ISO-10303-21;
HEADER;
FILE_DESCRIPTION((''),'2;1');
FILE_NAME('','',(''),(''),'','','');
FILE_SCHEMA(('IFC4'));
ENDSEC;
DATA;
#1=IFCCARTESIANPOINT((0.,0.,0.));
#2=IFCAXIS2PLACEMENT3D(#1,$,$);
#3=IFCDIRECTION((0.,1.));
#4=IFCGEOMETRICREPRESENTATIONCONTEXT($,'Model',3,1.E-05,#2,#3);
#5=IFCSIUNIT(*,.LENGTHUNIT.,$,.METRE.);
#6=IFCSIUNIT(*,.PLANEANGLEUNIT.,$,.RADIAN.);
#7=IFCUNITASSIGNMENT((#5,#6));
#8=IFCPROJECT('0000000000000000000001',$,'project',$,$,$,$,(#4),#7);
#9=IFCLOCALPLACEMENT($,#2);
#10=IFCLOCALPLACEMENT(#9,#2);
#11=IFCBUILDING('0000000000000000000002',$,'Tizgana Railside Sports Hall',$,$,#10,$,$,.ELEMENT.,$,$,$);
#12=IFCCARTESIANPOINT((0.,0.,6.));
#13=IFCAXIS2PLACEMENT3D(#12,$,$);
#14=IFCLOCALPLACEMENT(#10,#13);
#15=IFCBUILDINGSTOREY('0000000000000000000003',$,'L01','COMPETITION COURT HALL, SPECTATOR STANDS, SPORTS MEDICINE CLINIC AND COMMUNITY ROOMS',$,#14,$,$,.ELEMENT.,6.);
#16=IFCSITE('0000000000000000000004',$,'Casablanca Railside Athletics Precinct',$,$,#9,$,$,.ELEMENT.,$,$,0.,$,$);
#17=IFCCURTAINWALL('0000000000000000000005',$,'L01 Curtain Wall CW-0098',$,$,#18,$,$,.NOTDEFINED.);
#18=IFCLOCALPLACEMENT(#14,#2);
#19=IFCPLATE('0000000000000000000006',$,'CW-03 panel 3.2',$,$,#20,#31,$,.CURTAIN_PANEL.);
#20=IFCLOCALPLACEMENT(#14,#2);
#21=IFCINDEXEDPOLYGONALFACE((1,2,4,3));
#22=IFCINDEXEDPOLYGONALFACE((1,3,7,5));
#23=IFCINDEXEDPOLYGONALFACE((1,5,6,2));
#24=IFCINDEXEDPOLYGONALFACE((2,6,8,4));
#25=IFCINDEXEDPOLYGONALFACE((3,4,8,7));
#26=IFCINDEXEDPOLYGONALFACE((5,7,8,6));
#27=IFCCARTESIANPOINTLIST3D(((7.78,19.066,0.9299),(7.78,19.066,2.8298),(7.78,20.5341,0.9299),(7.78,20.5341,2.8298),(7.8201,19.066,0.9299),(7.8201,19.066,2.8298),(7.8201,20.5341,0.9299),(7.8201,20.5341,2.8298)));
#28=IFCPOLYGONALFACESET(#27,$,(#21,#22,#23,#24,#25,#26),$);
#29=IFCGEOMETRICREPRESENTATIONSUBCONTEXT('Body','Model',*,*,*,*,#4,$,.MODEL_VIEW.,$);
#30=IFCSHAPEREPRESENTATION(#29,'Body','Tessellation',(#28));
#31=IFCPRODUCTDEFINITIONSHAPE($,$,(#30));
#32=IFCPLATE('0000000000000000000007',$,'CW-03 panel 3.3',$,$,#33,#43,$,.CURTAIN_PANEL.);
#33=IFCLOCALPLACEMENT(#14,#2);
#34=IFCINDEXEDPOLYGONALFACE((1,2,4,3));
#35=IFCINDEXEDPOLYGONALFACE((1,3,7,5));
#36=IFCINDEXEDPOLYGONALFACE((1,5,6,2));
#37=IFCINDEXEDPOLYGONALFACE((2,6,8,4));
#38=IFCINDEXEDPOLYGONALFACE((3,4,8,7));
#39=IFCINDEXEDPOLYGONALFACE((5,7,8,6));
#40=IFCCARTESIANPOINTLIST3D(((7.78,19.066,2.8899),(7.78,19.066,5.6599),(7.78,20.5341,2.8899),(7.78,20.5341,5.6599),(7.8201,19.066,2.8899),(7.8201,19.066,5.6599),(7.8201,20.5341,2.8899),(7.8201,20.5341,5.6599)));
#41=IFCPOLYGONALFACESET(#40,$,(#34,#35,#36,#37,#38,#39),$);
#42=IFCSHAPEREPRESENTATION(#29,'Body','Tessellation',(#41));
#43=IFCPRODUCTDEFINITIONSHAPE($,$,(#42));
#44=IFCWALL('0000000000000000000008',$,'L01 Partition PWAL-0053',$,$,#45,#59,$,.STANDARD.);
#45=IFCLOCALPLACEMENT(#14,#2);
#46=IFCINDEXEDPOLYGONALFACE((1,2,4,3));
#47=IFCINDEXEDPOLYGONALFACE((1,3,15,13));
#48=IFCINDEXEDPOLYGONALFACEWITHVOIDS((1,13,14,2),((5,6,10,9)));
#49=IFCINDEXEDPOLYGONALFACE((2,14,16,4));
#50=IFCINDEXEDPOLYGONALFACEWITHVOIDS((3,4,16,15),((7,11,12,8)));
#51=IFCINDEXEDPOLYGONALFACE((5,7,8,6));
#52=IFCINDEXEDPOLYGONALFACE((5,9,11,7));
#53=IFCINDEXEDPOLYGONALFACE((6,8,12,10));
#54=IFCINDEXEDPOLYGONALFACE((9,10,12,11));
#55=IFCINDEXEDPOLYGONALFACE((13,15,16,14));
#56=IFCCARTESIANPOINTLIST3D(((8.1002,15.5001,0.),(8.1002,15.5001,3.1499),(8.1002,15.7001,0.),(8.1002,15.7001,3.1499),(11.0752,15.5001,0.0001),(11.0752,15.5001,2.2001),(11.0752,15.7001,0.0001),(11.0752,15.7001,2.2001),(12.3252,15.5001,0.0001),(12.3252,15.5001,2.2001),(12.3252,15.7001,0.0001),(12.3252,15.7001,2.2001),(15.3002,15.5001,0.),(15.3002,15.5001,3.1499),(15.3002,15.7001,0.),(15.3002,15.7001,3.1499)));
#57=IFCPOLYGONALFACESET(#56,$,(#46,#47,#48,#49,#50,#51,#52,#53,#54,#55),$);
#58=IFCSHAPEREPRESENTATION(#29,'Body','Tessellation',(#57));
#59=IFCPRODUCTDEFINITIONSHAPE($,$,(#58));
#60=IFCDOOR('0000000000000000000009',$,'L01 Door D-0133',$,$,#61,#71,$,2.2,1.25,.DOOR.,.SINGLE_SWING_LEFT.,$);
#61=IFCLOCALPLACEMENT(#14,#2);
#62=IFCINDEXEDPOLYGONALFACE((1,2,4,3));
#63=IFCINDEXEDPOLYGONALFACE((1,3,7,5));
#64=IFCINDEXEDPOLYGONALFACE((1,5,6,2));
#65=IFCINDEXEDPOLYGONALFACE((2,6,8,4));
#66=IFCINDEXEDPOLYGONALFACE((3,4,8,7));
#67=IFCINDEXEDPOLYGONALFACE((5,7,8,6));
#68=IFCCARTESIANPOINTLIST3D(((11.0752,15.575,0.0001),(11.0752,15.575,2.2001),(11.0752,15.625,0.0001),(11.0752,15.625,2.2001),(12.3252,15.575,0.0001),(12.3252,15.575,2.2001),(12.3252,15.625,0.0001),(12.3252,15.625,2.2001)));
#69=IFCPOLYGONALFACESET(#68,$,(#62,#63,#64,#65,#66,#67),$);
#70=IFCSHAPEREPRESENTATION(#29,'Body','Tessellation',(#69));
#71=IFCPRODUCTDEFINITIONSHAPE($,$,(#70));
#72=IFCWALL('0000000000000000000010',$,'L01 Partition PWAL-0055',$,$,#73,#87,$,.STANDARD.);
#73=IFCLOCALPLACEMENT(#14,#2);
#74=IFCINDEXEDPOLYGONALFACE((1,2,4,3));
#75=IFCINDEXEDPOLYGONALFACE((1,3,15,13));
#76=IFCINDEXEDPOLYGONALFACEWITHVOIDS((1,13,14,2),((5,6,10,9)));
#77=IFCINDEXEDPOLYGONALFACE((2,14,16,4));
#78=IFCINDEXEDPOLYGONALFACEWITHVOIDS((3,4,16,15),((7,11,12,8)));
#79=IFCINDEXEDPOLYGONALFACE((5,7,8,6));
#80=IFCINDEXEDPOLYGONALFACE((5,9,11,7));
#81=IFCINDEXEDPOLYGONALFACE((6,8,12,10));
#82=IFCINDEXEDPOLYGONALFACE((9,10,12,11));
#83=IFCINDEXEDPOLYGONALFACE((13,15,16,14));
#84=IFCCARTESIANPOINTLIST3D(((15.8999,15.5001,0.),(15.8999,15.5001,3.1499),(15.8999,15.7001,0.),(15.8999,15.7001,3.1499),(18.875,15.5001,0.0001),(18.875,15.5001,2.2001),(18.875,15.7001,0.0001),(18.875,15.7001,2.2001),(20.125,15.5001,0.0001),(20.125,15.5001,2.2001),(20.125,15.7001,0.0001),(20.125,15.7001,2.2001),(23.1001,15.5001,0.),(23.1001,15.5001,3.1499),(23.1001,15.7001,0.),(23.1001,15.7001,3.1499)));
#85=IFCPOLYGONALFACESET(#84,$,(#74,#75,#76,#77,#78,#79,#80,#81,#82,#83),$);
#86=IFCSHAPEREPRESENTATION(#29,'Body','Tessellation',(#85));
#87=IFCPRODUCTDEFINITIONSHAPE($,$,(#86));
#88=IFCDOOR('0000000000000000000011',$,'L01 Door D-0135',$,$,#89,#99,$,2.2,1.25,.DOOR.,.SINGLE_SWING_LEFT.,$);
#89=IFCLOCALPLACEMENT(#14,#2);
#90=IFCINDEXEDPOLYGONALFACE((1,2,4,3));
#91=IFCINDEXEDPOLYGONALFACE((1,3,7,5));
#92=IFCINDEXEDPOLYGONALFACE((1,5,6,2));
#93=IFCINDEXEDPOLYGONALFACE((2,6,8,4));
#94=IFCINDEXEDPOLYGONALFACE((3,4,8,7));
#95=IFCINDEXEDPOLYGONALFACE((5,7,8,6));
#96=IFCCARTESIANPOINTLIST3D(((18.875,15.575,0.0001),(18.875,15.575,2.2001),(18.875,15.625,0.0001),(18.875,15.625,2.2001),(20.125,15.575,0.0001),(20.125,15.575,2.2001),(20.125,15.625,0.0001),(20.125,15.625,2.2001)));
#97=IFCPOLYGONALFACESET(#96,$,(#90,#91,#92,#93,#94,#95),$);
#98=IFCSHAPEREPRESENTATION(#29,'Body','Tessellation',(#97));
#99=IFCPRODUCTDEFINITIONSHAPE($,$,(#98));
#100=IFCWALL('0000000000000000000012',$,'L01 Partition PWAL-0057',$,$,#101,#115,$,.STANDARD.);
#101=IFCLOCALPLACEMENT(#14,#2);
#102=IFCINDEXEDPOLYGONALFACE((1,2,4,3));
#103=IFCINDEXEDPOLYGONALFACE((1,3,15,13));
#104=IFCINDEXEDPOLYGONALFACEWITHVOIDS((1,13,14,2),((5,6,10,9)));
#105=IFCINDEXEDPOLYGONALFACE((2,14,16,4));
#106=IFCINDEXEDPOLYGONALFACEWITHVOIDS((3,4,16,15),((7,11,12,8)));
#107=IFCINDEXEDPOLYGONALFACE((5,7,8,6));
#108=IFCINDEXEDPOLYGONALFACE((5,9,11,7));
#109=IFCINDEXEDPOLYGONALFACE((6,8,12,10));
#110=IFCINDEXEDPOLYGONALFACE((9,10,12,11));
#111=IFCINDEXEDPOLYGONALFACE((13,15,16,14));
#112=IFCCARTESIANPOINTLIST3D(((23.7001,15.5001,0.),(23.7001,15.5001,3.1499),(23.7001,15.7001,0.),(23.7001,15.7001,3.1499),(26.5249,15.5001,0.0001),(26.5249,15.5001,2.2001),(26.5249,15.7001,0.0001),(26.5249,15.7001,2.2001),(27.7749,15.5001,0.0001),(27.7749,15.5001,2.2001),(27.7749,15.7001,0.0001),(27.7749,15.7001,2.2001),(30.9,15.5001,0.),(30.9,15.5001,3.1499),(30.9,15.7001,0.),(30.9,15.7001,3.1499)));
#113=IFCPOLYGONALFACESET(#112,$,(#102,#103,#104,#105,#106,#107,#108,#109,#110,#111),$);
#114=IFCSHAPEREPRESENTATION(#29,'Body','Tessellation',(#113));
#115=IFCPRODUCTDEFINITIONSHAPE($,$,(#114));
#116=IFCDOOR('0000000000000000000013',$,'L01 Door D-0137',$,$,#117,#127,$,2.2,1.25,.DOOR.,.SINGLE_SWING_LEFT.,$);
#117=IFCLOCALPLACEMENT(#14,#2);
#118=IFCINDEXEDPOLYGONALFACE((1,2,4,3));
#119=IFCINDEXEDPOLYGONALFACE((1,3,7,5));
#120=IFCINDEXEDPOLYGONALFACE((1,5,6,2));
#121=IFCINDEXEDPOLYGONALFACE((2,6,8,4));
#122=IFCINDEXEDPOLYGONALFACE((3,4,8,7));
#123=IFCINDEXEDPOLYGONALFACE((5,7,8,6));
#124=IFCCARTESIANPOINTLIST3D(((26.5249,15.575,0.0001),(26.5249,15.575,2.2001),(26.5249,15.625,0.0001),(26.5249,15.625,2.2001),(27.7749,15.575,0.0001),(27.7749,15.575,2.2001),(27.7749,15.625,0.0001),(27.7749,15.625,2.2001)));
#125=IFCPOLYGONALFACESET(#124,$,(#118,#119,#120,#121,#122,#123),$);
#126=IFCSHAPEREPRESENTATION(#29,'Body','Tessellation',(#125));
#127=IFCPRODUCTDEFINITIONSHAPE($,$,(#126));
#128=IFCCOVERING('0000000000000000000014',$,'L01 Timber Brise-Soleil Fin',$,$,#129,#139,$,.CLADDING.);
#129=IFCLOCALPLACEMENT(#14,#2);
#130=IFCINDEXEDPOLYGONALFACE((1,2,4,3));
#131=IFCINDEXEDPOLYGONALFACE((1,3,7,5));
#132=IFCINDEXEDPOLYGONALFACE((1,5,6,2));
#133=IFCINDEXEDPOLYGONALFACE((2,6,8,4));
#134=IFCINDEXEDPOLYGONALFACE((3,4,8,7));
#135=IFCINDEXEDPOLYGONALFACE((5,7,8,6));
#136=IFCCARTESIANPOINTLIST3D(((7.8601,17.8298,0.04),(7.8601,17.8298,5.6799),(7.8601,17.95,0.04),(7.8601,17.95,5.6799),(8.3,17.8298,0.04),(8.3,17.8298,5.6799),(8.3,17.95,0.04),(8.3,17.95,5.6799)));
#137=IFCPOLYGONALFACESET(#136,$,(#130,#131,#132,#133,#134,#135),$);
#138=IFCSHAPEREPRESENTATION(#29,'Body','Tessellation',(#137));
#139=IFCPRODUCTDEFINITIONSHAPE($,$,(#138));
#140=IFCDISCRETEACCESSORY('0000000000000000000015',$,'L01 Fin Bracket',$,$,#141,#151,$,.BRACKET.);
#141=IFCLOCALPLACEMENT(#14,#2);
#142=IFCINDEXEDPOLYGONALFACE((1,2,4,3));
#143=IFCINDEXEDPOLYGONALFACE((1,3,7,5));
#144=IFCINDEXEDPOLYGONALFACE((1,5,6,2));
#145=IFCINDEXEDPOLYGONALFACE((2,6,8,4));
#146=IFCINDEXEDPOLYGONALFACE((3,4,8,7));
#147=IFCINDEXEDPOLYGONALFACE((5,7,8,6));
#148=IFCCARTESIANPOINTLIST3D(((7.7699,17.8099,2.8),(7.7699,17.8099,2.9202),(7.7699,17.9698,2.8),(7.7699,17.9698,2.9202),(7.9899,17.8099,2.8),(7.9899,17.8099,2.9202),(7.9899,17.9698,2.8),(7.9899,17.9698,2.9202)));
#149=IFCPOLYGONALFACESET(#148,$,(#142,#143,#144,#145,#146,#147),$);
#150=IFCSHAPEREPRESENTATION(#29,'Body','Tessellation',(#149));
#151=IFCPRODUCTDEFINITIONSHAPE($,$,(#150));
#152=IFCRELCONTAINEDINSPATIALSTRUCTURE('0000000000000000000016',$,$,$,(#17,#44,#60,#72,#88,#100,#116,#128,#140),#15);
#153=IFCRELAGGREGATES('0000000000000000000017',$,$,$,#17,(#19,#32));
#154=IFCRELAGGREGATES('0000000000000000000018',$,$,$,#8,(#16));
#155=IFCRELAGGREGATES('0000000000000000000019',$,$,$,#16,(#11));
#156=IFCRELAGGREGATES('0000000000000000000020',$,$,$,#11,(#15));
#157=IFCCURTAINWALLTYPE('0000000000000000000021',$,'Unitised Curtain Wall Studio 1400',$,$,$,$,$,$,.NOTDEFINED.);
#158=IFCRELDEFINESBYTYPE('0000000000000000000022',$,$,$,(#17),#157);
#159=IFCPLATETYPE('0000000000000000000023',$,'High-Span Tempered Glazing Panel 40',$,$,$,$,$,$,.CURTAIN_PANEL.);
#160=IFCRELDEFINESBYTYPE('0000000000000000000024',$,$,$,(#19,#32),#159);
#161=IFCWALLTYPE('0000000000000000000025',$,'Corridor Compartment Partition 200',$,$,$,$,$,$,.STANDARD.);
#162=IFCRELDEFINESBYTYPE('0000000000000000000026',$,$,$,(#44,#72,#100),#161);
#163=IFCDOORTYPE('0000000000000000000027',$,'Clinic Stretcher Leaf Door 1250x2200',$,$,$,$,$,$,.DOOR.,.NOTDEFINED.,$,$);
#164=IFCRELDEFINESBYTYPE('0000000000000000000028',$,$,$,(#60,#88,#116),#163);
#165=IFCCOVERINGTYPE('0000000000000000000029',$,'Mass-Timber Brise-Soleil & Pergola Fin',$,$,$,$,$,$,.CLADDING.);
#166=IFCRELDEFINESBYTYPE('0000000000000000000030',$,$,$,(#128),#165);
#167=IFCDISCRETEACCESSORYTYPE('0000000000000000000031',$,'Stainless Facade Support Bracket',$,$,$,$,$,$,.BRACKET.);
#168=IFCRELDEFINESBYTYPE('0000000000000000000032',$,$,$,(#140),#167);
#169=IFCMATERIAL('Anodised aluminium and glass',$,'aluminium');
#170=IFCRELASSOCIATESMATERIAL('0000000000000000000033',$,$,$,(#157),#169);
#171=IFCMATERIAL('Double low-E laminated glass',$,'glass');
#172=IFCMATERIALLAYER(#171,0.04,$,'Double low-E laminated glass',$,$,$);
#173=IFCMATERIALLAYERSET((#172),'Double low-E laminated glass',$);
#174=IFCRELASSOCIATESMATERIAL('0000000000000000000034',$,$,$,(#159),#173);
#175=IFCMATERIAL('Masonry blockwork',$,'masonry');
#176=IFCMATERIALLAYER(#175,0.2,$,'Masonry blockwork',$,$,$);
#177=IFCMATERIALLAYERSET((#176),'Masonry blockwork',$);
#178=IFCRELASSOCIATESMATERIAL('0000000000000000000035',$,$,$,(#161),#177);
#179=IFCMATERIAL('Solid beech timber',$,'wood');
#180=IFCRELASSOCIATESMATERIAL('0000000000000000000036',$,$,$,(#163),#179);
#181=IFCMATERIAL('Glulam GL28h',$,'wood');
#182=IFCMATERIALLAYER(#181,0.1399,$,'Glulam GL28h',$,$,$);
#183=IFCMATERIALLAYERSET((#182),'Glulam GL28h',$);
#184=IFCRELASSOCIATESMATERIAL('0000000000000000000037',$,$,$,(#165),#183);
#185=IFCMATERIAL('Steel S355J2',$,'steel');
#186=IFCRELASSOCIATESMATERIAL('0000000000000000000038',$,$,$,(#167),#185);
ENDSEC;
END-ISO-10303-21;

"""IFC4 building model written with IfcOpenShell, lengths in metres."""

from ifc_helpers import new_model, si_unit, direction, frame, frame_2d, origin, origin_2d, place, context, subcontext, project, spatial, rectangle, extrude, material, layer, layer_set, type_object, element, fill, aggregate, save


model = new_model("IFC4")

# Units and contexts
model_context = context("Model", 3, precision=1e-05, world=origin(), true_north=direction((0.0, 1.0)))
body_context = subcontext(model_context, "Body", "Model", "MODEL_VIEW")
ifc_project = project(units=[si_unit("LENGTHUNIT", "METRE"), si_unit("PLANEANGLEUNIT", "RADIAN")], contexts=[model_context])

# Site, building, storey
site_placement = place(None, origin())
site = spatial("IfcSite", under=ifc_project, at=site_placement, Name="Casablanca Railside Athletics Precinct", CompositionType="ELEMENT", RefElevation=0.0)
building_placement = place(site_placement, origin())
building = spatial("IfcBuilding", under=site, at=building_placement, Name="Tizgana Railside Sports Hall", CompositionType="ELEMENT")
storey_placement = place(building_placement, frame((0.0, 0.0, 6.0)))
storey = spatial("IfcBuildingStorey", under=building, at=storey_placement, Name="L01", Description="COMPETITION COURT HALL, SPECTATOR STANDS, SPORTS MEDICINE CLINIC AND COMMUNITY ROOMS", CompositionType="ELEMENT", Elevation=6.0)

# Curtain wall
ifc_material_1 = material(Name="Anodised aluminium and glass", Category="aluminium")
curtain_wall_type = type_object("IfcCurtainWallType", Name="Unitised Curtain Wall Studio 1400", PredefinedType="NOTDEFINED", material=ifc_material_1)
curtain_wall_placement = place(storey_placement, origin())
curtain_wall = element("IfcCurtainWall", 1, at=curtain_wall_placement, inside=storey, type_object=curtain_wall_type, Name="L01 Curtain Wall CW-0098", PredefinedType="NOTDEFINED")

# Shared definitions
ifc_material_2 = material(Name="Steel S355J2", Category="steel")

# Plates
ifc_material_3 = material(Name="Double low-E laminated glass", Category="glass")
ifc_layer_1 = layer(ifc_material_3, 0.04, Name="Double low-E laminated glass")
ifc_layer_set_1 = layer_set([ifc_layer_1], Name="Double low-E laminated glass")
plate_type = type_object("IfcPlateType", Name="High-Span Tempered Glazing Panel 40", PredefinedType="CURTAIN_PANEL", material=ifc_layer_set_1)
plate_1_placement = place(storey_placement, frame((7.8, 19.8, 0.9299), z_axis=(0.0, 0.0, 1.0), x_axis=(0.0, -1.0, 0.0)))
plate_1 = element("IfcPlate", 2, at=plate_1_placement, type_object=plate_type, Name="CW-03 panel 3.2", PredefinedType="CURTAIN_PANEL", context=body_context, shape_type="SweptSolid", body=[
    extrude(rectangle(XDim=1.468, YDim=0.04, at=origin_2d()), origin(), (0.0, 0.0, 1.0), 1.8999),
])
plate_2_placement = place(storey_placement, frame((7.8, 19.8, 2.8899), z_axis=(0.0, 0.0, 1.0), x_axis=(0.0, -1.0, 0.0)))
plate_2 = element("IfcPlate", 3, at=plate_2_placement, type_object=plate_type, Name="CW-03 panel 3.3", PredefinedType="CURTAIN_PANEL", context=body_context, shape_type="SweptSolid", body=[
    extrude(rectangle(XDim=1.468, YDim=0.04, at=origin_2d()), origin(), (0.0, 0.0, 1.0), 2.77),
])
aggregate(curtain_wall, [plate_1, plate_2])

# Walls, openings, doors
ifc_material_4 = material(Name="Masonry blockwork", Category="masonry")
ifc_layer_2 = layer(ifc_material_4, 0.2, Name="Masonry blockwork")
ifc_layer_set_2 = layer_set([ifc_layer_2], Name="Masonry blockwork")
wall_type = type_object("IfcWallType", Name="Corridor Compartment Partition 200", PredefinedType="STANDARD", material=ifc_layer_set_2)
wall_1_placement = place(storey_placement, frame((8.1001, 15.6001, 0.0), z_axis=(0.0, 0.0, 1.0), x_axis=(1.0, 0.0, 0.0)))
wall_1 = element("IfcWall", 4, at=wall_1_placement, inside=storey, type_object=wall_type, Name="L01 Partition PWAL-0053", PredefinedType="STANDARD", context=body_context, shape_type="SweptSolid", body=[
    extrude(rectangle(XDim=7.2, YDim=0.2, at=frame_2d((3.6001, 0.0))), origin(), (0.0, 0.0, 1.0), 3.1499),
])
opening_1_placement = place(wall_1_placement, frame((2.9751, 0.0, 0.0)))
opening_1 = element("IfcOpeningElement", 5, at=opening_1_placement, cuts=wall_1, PredefinedType="OPENING", context=body_context, shape_type="SweptSolid", body=[
    extrude(rectangle(XDim=1.25, YDim=2.2, at=frame_2d((0.625, 1.1001))), frame((0.0, 0.1099, 0.0), z_axis=(0.0, -1.0, 0.0), x_axis=(1.0, 0.0, 0.0)), (0.0, 0.0, 1.0), 0.22),
])
ifc_material_5 = material(Name="Solid beech timber", Category="wood")
door_type = type_object("IfcDoorType", Name="Clinic Stretcher Leaf Door 1250x2200", OperationType="NOTDEFINED", PredefinedType="DOOR", material=ifc_material_5)
door_1_placement = place(opening_1_placement, origin())
door_1 = element("IfcDoor", 6, at=door_1_placement, inside=storey, type_object=door_type, Name="L01 Door D-0133", OperationType="SINGLE_SWING_LEFT", OverallHeight=2.2, OverallWidth=1.25, PredefinedType="DOOR", context=body_context, shape_type="SweptSolid", body=[
    extrude(rectangle(XDim=1.25, YDim=2.2, at=frame_2d((0.625, 1.1001))), frame((0.0, 0.0249, 0.0), z_axis=(0.0, -1.0, 0.0), x_axis=(1.0, 0.0, 0.0)), (0.0, 0.0, 1.0), 0.05),
])
fill(opening_1, door_1)
wall_2_placement = place(storey_placement, frame((15.8999, 15.6001, 0.0), z_axis=(0.0, 0.0, 1.0), x_axis=(1.0, 0.0, 0.0)))
wall_2 = element("IfcWall", 7, at=wall_2_placement, inside=storey, type_object=wall_type, Name="L01 Partition PWAL-0055", PredefinedType="STANDARD", context=body_context, shape_type="SweptSolid", body=[
    extrude(rectangle(XDim=7.2002, YDim=0.2, at=frame_2d((3.6001, 0.0))), origin(), (0.0, 0.0, 1.0), 3.1499),
])
opening_2_placement = place(wall_2_placement, frame((2.9751, 0.0, 0.0)))
opening_2 = element("IfcOpeningElement", 8, at=opening_2_placement, cuts=wall_2, PredefinedType="OPENING", context=body_context, shape_type="SweptSolid", body=[
    extrude(rectangle(XDim=1.25, YDim=2.2, at=frame_2d((0.625, 1.1001))), frame((0.0, 0.1099, 0.0), z_axis=(0.0, -1.0, 0.0), x_axis=(1.0, 0.0, 0.0)), (0.0, 0.0, 1.0), 0.22),
])
door_2_placement = place(opening_2_placement, origin())
door_2 = element("IfcDoor", 9, at=door_2_placement, inside=storey, type_object=door_type, Name="L01 Door D-0135", OperationType="SINGLE_SWING_LEFT", OverallHeight=2.2, OverallWidth=1.25, PredefinedType="DOOR", context=body_context, shape_type="SweptSolid", body=[
    extrude(rectangle(XDim=1.25, YDim=2.2, at=frame_2d((0.625, 1.1001))), frame((0.0, 0.0249, 0.0), z_axis=(0.0, -1.0, 0.0), x_axis=(1.0, 0.0, 0.0)), (0.0, 0.0, 1.0), 0.05),
])
fill(opening_2, door_2)
wall_3_placement = place(storey_placement, frame((23.7, 15.6001, 0.0), z_axis=(0.0, 0.0, 1.0), x_axis=(1.0, 0.0, 0.0)))
wall_3 = element("IfcWall", 10, at=wall_3_placement, inside=storey, type_object=wall_type, Name="L01 Partition PWAL-0057", PredefinedType="STANDARD", context=body_context, shape_type="SweptSolid", body=[
    extrude(rectangle(XDim=7.2, YDim=0.2, at=frame_2d((3.6001, 0.0))), origin(), (0.0, 0.0, 1.0), 3.1499),
])
opening_3_placement = place(wall_3_placement, frame((2.825, 0.0, 0.0)))
opening_3 = element("IfcOpeningElement", 11, at=opening_3_placement, cuts=wall_3, PredefinedType="OPENING", context=body_context, shape_type="SweptSolid", body=[
    extrude(rectangle(XDim=1.25, YDim=2.2, at=frame_2d((0.625, 1.1001))), frame((0.0, 0.1099, 0.0), z_axis=(0.0, -1.0, 0.0), x_axis=(1.0, 0.0, 0.0)), (0.0, 0.0, 1.0), 0.22),
])
door_3_placement = place(opening_3_placement, origin())
door_3 = element("IfcDoor", 12, at=door_3_placement, inside=storey, type_object=door_type, Name="L01 Door D-0137", OperationType="SINGLE_SWING_LEFT", OverallHeight=2.2, OverallWidth=1.25, PredefinedType="DOOR", context=body_context, shape_type="SweptSolid", body=[
    extrude(rectangle(XDim=1.25, YDim=2.2, at=frame_2d((0.625, 1.1001))), frame((0.0, 0.0249, 0.0), z_axis=(0.0, -1.0, 0.0), x_axis=(1.0, 0.0, 0.0)), (0.0, 0.0, 1.0), 0.05),
])
fill(opening_3, door_3)

# Covering
ifc_material_6 = material(Name="Glulam GL28h", Category="wood")
ifc_layer_3 = layer(ifc_material_6, 0.1399, Name="Glulam GL28h")
ifc_layer_set_3 = layer_set([ifc_layer_3], Name="Glulam GL28h")
covering_type = type_object("IfcCoveringType", Name="Mass-Timber Brise-Soleil & Pergola Fin", PredefinedType="CLADDING", material=ifc_layer_set_3)
covering_placement = place(storey_placement, frame((8.0801, 17.8899, 0.04), z_axis=(0.0, 0.0, 1.0), x_axis=(0.0, -1.0, 0.0)))
element("IfcCovering", 13, at=covering_placement, inside=storey, type_object=covering_type, Name="L01 Timber Brise-Soleil Fin", PredefinedType="CLADDING", context=body_context, shape_type="SweptSolid", body=[
    extrude(rectangle(XDim=0.1201, YDim=0.4399, at=origin_2d()), origin(), (0.0, 0.0, 1.0), 5.6399),
])

# Discrete accessory
discrete_accessory_type = type_object("IfcDiscreteAccessoryType", Name="Stainless Facade Support Bracket", PredefinedType="BRACKET", material=ifc_material_2)
discrete_accessory_placement = place(storey_placement, frame((7.8799, 17.8899, 2.8), z_axis=(0.0, 0.0, 1.0), x_axis=(0.0, -1.0, 0.0)))
element("IfcDiscreteAccessory", 14, at=discrete_accessory_placement, inside=storey, type_object=discrete_accessory_type, Name="L01 Fin Bracket", PredefinedType="BRACKET", context=body_context, shape_type="SweptSolid", body=[
    extrude(rectangle(XDim=0.1599, YDim=0.22, at=origin_2d()), origin(), (0.0, 0.0, 1.0), 0.1201),
])

save(model, "model.ifc")
